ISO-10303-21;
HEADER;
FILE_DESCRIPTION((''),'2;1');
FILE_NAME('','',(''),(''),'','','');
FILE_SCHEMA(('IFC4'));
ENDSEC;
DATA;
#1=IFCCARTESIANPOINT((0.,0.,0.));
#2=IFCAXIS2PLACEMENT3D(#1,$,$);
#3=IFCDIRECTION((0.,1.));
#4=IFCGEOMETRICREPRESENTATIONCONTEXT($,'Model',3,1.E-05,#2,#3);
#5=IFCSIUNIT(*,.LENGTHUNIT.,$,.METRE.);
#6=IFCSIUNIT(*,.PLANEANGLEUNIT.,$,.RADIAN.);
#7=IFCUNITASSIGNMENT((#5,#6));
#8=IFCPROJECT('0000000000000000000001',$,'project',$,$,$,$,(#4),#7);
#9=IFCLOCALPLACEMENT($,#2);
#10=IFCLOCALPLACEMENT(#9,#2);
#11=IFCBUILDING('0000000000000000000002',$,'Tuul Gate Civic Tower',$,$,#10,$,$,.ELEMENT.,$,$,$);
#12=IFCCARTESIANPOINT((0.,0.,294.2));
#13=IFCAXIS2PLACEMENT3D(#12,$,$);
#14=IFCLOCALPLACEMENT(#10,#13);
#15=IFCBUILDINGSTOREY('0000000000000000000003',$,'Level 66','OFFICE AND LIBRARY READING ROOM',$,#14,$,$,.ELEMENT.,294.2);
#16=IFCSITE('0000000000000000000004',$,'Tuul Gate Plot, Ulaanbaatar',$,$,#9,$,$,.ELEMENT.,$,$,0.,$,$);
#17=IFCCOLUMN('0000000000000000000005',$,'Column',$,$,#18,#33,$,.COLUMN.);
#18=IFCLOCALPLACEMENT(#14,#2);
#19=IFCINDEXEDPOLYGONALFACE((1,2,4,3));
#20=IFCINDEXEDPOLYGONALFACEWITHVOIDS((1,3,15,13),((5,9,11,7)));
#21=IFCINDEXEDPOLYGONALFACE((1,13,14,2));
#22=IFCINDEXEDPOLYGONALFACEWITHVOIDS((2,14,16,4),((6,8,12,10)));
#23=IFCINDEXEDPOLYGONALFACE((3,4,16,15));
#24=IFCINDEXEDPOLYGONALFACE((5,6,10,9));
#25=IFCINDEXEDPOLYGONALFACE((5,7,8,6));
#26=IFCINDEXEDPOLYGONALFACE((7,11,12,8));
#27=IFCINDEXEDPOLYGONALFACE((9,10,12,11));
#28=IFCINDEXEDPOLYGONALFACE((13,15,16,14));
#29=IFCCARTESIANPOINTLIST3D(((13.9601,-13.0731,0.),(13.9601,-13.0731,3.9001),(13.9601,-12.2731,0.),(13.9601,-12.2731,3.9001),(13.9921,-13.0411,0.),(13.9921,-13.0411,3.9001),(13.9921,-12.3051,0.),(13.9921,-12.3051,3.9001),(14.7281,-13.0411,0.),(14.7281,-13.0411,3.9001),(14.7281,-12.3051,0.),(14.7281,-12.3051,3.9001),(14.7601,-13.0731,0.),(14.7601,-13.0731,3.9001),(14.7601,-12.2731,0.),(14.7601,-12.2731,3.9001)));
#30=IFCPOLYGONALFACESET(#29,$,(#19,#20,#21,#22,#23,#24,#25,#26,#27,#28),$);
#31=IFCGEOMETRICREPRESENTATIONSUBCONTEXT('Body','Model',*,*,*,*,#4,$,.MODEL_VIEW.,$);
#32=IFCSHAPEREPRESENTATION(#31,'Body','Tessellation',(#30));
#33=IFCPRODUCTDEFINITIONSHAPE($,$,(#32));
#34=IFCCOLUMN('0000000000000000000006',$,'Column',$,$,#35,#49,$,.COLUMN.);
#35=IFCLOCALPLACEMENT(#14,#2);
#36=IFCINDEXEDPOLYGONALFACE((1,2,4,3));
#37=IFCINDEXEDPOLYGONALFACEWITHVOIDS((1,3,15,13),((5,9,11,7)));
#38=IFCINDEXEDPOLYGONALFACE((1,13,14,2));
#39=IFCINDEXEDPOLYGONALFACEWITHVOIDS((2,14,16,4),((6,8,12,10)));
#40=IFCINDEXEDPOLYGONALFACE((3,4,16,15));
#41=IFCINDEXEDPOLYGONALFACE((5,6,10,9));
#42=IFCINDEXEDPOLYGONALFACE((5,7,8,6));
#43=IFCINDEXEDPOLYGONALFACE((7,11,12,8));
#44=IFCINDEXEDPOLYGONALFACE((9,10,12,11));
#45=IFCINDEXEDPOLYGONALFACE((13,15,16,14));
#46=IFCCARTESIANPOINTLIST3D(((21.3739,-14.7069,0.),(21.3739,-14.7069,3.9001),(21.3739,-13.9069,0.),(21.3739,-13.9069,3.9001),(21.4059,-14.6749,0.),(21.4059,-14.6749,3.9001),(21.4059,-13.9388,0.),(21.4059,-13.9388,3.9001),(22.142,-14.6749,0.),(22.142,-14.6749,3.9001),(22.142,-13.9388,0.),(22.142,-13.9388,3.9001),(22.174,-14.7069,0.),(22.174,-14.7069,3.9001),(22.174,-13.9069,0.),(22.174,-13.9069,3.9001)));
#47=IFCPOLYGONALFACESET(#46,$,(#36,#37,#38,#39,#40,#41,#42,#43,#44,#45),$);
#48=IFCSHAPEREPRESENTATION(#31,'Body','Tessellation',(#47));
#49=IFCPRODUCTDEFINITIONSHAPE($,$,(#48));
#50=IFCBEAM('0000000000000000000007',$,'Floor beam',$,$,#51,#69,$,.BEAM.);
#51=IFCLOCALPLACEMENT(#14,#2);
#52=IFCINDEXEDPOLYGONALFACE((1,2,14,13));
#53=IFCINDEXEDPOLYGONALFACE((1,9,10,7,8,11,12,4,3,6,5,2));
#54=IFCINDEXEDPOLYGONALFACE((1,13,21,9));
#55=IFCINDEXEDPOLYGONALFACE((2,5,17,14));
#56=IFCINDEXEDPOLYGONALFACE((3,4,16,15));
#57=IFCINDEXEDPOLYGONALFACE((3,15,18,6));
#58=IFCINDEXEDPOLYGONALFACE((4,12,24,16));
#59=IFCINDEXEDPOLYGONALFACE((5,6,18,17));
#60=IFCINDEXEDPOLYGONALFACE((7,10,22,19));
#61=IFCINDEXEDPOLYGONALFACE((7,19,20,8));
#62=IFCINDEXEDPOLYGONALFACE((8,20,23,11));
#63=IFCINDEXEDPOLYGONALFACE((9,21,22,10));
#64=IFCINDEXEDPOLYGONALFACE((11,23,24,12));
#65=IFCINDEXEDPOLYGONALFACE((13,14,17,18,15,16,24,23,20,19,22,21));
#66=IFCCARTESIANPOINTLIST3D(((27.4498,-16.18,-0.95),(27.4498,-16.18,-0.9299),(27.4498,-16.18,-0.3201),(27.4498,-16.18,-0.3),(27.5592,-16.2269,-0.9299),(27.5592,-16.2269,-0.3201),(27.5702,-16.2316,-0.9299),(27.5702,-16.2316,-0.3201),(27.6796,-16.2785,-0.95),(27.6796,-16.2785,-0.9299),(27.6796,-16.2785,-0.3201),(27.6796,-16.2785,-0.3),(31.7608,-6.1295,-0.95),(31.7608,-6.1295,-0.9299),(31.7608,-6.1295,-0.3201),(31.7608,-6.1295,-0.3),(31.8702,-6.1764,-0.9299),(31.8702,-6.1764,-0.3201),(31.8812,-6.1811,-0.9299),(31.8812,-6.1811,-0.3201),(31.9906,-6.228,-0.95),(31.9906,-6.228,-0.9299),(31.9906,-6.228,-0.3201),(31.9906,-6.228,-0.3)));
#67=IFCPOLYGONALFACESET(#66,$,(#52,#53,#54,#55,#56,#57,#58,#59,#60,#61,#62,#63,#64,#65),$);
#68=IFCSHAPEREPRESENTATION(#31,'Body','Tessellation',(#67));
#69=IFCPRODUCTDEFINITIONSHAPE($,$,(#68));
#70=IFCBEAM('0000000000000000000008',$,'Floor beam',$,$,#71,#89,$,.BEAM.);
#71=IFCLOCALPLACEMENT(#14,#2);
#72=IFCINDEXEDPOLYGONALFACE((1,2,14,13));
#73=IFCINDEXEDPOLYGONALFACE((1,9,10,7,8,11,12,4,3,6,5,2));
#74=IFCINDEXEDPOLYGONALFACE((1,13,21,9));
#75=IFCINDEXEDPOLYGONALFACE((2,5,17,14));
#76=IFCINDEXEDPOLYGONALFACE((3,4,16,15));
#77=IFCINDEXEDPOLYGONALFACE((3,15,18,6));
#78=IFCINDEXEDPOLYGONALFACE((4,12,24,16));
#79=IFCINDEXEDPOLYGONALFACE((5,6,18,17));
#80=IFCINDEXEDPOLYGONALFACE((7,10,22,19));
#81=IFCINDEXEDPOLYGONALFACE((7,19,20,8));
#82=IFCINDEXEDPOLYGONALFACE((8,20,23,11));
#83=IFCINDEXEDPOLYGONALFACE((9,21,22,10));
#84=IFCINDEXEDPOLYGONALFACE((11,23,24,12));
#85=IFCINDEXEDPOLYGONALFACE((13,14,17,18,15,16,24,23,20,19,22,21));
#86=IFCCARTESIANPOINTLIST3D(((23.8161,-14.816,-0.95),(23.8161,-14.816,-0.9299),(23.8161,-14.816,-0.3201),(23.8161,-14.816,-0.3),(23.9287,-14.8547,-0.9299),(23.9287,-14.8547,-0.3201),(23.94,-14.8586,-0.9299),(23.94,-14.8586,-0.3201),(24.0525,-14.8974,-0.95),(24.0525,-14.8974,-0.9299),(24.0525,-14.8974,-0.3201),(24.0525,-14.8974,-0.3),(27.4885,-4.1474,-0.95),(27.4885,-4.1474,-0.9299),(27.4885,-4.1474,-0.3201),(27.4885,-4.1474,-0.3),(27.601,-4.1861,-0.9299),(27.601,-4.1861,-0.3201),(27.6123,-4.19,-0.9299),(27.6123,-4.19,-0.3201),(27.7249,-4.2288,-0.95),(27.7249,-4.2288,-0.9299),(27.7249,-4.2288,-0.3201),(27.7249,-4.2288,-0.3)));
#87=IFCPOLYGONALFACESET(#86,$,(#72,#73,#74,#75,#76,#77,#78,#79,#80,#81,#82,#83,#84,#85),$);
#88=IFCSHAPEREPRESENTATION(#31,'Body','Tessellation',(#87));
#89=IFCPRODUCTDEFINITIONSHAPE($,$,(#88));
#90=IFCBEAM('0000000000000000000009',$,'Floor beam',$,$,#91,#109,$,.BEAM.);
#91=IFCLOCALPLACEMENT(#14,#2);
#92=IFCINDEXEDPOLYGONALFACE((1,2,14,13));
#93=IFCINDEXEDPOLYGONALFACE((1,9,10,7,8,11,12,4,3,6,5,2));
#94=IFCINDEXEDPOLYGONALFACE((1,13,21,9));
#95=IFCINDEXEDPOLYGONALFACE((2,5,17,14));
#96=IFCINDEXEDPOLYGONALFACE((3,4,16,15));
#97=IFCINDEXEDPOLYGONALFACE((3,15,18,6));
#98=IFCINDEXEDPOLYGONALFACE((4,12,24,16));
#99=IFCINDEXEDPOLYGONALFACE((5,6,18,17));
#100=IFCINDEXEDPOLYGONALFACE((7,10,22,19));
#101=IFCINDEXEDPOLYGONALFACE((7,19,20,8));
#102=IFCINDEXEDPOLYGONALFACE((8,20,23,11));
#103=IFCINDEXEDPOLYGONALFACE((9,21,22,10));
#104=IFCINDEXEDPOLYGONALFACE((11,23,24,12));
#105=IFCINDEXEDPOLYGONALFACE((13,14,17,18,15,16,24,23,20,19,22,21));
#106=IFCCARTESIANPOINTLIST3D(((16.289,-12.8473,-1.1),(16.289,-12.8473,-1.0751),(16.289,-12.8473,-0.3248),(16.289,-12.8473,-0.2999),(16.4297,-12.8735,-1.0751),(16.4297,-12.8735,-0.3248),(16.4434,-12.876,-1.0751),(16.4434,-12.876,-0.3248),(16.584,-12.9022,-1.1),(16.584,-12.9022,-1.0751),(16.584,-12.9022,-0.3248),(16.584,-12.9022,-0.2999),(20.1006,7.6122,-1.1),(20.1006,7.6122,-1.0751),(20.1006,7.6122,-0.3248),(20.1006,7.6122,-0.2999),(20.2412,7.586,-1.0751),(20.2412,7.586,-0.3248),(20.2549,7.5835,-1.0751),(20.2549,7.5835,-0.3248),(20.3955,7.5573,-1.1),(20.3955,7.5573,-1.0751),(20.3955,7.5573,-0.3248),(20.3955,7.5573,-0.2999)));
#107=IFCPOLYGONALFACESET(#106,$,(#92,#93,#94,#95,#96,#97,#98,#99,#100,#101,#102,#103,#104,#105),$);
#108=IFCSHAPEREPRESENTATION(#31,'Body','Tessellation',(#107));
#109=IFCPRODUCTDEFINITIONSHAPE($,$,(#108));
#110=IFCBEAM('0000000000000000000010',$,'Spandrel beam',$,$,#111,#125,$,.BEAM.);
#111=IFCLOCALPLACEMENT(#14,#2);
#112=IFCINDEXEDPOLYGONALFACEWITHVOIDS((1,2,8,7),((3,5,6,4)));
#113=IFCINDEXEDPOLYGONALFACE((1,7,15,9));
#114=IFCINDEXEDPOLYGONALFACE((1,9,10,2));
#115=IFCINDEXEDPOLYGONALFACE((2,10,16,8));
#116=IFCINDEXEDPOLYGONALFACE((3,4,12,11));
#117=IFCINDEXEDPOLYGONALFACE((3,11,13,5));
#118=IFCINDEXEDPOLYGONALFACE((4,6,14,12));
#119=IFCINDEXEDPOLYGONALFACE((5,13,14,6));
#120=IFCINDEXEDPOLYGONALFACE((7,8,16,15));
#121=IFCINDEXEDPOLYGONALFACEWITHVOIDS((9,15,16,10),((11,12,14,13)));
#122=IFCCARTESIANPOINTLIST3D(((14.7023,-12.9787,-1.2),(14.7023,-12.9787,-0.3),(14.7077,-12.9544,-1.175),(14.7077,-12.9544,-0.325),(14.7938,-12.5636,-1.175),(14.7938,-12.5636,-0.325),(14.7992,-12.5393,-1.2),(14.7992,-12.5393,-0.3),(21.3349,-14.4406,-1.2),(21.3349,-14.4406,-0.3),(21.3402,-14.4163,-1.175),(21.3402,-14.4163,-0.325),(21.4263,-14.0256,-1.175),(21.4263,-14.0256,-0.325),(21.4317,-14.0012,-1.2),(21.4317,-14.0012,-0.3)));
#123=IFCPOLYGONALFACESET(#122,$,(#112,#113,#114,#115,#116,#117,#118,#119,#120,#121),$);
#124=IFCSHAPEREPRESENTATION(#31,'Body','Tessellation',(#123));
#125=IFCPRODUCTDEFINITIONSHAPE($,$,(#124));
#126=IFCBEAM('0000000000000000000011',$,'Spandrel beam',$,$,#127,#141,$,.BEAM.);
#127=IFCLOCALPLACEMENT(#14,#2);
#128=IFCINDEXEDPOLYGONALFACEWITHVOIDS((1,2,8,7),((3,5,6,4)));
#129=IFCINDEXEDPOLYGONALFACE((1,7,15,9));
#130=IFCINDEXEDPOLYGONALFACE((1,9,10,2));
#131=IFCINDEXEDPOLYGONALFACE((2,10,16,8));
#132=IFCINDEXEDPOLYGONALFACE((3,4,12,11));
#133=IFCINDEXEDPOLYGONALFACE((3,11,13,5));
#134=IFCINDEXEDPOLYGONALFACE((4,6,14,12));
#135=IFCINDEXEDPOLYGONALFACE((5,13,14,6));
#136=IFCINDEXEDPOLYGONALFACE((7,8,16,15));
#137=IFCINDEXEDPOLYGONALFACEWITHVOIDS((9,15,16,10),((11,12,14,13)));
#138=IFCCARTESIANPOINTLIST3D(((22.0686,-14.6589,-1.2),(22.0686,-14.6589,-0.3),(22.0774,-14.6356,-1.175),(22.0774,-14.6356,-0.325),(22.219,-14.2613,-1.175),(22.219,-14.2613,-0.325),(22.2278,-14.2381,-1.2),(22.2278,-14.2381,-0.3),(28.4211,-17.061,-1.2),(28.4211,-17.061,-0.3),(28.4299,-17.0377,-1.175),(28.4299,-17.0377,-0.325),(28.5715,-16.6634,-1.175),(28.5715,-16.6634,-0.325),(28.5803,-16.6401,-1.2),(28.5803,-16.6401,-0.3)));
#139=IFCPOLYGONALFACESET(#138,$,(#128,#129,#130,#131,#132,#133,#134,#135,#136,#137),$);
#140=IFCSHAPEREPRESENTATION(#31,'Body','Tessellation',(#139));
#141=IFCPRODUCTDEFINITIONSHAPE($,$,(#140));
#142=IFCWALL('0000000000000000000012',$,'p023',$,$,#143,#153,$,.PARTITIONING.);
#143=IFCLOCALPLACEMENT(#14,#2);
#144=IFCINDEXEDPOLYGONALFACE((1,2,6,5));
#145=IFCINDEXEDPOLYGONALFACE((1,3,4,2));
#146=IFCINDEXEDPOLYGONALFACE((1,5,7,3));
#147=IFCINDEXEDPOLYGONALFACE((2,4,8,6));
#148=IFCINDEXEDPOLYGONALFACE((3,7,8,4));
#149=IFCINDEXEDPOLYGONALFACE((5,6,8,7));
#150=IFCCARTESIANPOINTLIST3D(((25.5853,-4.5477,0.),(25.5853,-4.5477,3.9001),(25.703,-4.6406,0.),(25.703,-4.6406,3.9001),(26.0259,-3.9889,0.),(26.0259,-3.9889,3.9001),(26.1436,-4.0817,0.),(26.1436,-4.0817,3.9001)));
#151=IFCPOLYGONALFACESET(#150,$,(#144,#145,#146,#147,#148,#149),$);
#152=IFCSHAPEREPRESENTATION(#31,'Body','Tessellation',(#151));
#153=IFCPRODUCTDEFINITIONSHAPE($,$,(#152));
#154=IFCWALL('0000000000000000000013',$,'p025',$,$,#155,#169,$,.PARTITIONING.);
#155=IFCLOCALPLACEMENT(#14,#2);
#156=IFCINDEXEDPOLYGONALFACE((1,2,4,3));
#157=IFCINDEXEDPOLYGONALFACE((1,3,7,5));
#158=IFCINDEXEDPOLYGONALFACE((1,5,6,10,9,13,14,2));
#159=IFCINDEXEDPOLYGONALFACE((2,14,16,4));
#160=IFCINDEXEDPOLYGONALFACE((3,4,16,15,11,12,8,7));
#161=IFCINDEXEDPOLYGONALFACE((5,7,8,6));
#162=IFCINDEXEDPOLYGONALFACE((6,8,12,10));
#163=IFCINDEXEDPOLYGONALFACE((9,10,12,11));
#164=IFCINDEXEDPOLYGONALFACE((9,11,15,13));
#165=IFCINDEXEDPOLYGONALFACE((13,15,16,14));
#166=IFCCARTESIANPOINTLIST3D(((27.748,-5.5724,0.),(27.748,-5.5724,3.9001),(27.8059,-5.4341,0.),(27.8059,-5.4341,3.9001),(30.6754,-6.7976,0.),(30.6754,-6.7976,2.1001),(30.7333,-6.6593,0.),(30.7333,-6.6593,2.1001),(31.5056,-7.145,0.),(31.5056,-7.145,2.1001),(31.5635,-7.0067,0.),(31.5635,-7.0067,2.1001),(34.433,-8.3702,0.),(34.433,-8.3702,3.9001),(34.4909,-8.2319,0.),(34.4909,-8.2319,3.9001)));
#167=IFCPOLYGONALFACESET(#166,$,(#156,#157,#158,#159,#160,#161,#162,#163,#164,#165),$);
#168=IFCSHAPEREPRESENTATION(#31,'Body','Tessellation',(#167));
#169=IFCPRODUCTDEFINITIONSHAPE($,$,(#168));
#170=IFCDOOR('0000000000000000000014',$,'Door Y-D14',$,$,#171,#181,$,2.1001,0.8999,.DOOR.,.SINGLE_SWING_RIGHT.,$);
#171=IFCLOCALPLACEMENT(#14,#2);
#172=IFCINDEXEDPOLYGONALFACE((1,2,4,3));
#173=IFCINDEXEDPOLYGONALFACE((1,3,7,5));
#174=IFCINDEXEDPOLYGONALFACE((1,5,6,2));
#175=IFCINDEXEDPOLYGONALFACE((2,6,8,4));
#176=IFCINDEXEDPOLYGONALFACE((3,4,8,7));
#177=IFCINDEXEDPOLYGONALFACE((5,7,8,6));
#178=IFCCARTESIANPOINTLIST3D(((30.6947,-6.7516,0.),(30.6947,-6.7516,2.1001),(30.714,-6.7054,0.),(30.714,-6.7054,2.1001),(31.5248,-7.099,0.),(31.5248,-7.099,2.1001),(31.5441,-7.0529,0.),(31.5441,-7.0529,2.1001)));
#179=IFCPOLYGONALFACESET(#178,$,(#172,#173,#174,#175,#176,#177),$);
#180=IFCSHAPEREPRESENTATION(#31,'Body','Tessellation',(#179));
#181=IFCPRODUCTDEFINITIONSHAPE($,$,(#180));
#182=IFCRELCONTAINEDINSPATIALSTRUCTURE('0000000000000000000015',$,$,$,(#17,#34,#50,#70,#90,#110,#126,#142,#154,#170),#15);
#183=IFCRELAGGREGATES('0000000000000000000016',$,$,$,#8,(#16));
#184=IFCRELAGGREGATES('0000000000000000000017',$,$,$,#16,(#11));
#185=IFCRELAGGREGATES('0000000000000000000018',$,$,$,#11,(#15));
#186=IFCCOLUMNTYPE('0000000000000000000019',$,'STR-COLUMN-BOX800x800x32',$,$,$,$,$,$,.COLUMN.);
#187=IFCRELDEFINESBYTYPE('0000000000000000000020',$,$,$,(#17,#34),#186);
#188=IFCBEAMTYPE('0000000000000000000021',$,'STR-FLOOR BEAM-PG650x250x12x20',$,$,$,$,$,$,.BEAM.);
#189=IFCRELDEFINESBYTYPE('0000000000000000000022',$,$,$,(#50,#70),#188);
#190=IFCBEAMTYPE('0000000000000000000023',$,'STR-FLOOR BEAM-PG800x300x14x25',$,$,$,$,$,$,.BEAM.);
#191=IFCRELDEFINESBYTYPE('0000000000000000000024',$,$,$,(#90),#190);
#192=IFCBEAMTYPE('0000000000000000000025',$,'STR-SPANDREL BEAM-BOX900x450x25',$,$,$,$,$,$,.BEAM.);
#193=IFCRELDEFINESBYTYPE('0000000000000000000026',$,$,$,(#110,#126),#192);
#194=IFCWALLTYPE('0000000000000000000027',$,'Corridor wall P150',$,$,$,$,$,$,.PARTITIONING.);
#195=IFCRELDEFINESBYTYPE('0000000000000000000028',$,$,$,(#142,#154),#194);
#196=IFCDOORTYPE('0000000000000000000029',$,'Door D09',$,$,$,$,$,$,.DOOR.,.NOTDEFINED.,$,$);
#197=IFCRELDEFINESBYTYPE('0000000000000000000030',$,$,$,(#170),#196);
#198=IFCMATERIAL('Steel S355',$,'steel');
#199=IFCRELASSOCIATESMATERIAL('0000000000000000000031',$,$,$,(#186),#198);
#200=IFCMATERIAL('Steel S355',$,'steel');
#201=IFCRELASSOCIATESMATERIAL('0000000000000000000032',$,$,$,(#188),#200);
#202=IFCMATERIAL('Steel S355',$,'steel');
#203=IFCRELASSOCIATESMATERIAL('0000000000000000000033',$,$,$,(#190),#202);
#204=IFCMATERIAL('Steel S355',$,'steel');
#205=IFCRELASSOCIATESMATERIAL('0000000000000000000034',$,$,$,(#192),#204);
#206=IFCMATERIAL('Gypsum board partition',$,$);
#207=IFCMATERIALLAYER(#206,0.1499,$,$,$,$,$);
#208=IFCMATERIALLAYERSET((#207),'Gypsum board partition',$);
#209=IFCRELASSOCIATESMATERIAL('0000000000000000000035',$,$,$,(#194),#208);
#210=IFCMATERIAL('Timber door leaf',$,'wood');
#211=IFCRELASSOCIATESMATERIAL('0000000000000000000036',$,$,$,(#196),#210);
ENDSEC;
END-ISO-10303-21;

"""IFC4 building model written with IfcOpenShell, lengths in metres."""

from ifc_helpers import new_model, si_unit, direction, frame, frame_2d, origin, origin_2d, place, context, subcontext, project, spatial, rectangle, hollow_rectangle, i_section, extrude, material, layer, layer_set, material_profile, profile_set, type_object, element, fill, save


model = new_model("IFC4")

# Units and contexts
model_context = context("Model", 3, precision=1e-05, world=origin(), true_north=direction((0.0, 1.0)))
body_context = subcontext(model_context, "Body", "Model", "MODEL_VIEW")
ifc_project = project(units=[si_unit("LENGTHUNIT", "METRE"), si_unit("PLANEANGLEUNIT", "RADIAN")], contexts=[model_context])

# Site, building, storey
site_placement = place(None, origin())
site = spatial("IfcSite", under=ifc_project, at=site_placement, Name="Tuul Gate Plot, Ulaanbaatar", CompositionType="ELEMENT", RefElevation=0.0)
building_placement = place(site_placement, origin())
building = spatial("IfcBuilding", under=site, at=building_placement, Name="Tuul Gate Civic Tower", CompositionType="ELEMENT")
storey_placement = place(building_placement, frame((0.0, 0.0, 294.2)))
storey = spatial("IfcBuildingStorey", under=building, at=storey_placement, Name="Level 66", Description="OFFICE AND LIBRARY READING ROOM", CompositionType="ELEMENT", Elevation=294.2)

# Columns
ifc_material_1 = material(Name="Steel S355", Category="steel")
ifc_material_profile_1 = material_profile(ifc_material_1, hollow_rectangle(XDim=0.8, YDim=0.8, WallThickness=0.032, at=origin_2d()), Name="BOX800x800x32")
ifc_profile_set_1 = profile_set([ifc_material_profile_1], Name="Steel S355")
column_type = type_object("IfcColumnType", Name="STR-COLUMN-BOX800x800x32", PredefinedType="COLUMN", material=ifc_profile_set_1)
for number, where, z_axis, x_axis, name in (
    (1, (14.3601, -12.6731, 0.0), (0.0, 0.0, 1.0), (1.0, 0.0, 0.0), "Column"),
    (2, (21.7739, -14.3069, 0.0), (0.0, 0.0, 1.0), (1.0, 0.0, 0.0), "Column"),
):
    element("IfcColumn", number, at=place(storey_placement, frame(where, z_axis=z_axis, x_axis=x_axis)), inside=storey, type_object=column_type, Name=name, PredefinedType="COLUMN", context=body_context, shape_type="SweptSolid", body=[
        extrude(hollow_rectangle(XDim=0.8, YDim=0.8, WallThickness=0.032, at=origin_2d()), origin(), (0.0, 0.0, 1.0), 3.9001),
    ])

# Beams
ifc_material_2 = material(Name="Steel S355", Category="steel")
ifc_material_profile_2 = material_profile(ifc_material_2, i_section(OverallWidth=0.25, OverallDepth=0.6499, WebThickness=0.012, FlangeThickness=0.02, at=origin_2d()), Name="PG650x250x12x20")
ifc_profile_set_2 = profile_set([ifc_material_profile_2], Name="Steel S355")
beam_type_1 = type_object("IfcBeamType", Name="STR-FLOOR BEAM-PG650x250x12x20", PredefinedType="BEAM", material=ifc_profile_set_2)
beam_1_placement = place(storey_placement, frame((27.5647, -16.2292, -0.625), z_axis=(0.394202, 0.919024, 0.0), x_axis=(-0.919024, 0.394202, 0.0)))
element("IfcBeam", 3, at=beam_1_placement, inside=storey, type_object=beam_type_1, Name="Floor beam", PredefinedType="BEAM", context=body_context, shape_type="SweptSolid", body=[
    extrude(i_section(OverallWidth=0.25, OverallDepth=0.6499, WebThickness=0.012, FlangeThickness=0.02, at=origin_2d()), origin(), (0.0, 0.0, 1.0), 10.936),
])
beam_2_placement = place(storey_placement, frame((23.9343, -14.8567, -0.625), z_axis=(0.325476, 0.94555, 0.0), x_axis=(-0.94555, 0.325476, 0.0)))
element("IfcBeam", 4, at=beam_2_placement, inside=storey, type_object=beam_type_1, Name="Floor beam", PredefinedType="BEAM", context=body_context, shape_type="SweptSolid", body=[
    extrude(i_section(OverallWidth=0.25, OverallDepth=0.6499, WebThickness=0.012, FlangeThickness=0.02, at=origin_2d()), origin(), (0.0, 0.0, 1.0), 11.283),
])
ifc_material_3 = material(Name="Steel S355", Category="steel")
ifc_material_profile_3 = material_profile(ifc_material_3, i_section(OverallWidth=0.3, OverallDepth=0.8, WebThickness=0.0139, FlangeThickness=0.0249, at=origin_2d()), Name="PG800x300x14x25")
ifc_profile_set_3 = profile_set([ifc_material_profile_3], Name="Steel S355")
beam_type_2 = type_object("IfcBeamType", Name="STR-FLOOR BEAM-PG800x300x14x25", PredefinedType="BEAM", material=ifc_profile_set_3)
beam_3_placement = place(storey_placement, frame((16.4365, -12.8748, -0.7), z_axis=(0.183145, 0.983086, 0.0), x_axis=(-0.983086, 0.183145, 0.0)))
element("IfcBeam", 5, at=beam_3_placement, inside=storey, type_object=beam_type_2, Name="Floor beam", PredefinedType="BEAM", context=body_context, shape_type="SweptSolid", body=[
    extrude(i_section(OverallWidth=0.3, OverallDepth=0.8, WebThickness=0.0139, FlangeThickness=0.0249, at=origin_2d()), origin(), (0.0, 0.0, 1.0), 20.8115),
])
ifc_material_4 = material(Name="Steel S355", Category="steel")
ifc_material_profile_4 = material_profile(ifc_material_4, hollow_rectangle(XDim=0.45, YDim=0.8999, WallThickness=0.0249, at=origin_2d()), Name="BOX900x450x25")
ifc_profile_set_4 = profile_set([ifc_material_profile_4], Name="Steel S355")
beam_type_3 = type_object("IfcBeamType", Name="STR-SPANDREL BEAM-BOX900x450x25", PredefinedType="BEAM", material=ifc_profile_set_4)
beam_4_placement = place(storey_placement, frame((14.7507, -12.759, -0.75), z_axis=(0.976559, -0.215248, 0.0), x_axis=(0.215248, 0.976559, 0.0)))
element("IfcBeam", 6, at=beam_4_placement, inside=storey, type_object=beam_type_3, Name="Spandrel beam", PredefinedType="BEAM", context=body_context, shape_type="SweptSolid", body=[
    extrude(hollow_rectangle(XDim=0.45, YDim=0.8999, WallThickness=0.0249, at=origin_2d()), origin(), (0.0, 0.0, 1.0), 6.7917),
])
beam_5_placement = place(storey_placement, frame((22.1482, -14.4485, -0.75), z_axis=(0.935362, -0.353691, 0.0), x_axis=(0.353691, 0.935362, 0.0)))
element("IfcBeam", 7, at=beam_5_placement, inside=storey, type_object=beam_type_3, Name="Spandrel beam", PredefinedType="BEAM", context=body_context, shape_type="SweptSolid", body=[
    extrude(hollow_rectangle(XDim=0.45, YDim=0.8999, WallThickness=0.0249, at=origin_2d()), origin(), (0.0, 0.0, 1.0), 6.7915),
])

# Wall
ifc_material_5 = material(Name="Gypsum board partition")
ifc_layer_1 = layer(ifc_material_5, 0.1499)
ifc_layer_set_1 = layer_set([ifc_layer_1], Name="Gypsum board partition")
wall_type_1 = type_object("IfcWallType", Name="Corridor wall P150", PredefinedType="PARTITIONING", material=ifc_layer_set_1)
wall_1_placement = place(storey_placement, frame((25.644, -4.5942, 0.0), z_axis=(0.0, 0.0, 1.0), x_axis=(0.619199, 0.785234, 0.0)))
element("IfcWall", 8, at=wall_1_placement, inside=storey, type_object=wall_type_1, Name="p023", PredefinedType="PARTITIONING", context=body_context, shape_type="SweptSolid", body=[
    extrude(rectangle(XDim=0.7117, YDim=0.1499, at=frame_2d((0.356, 0.0))), origin(), (0.0, 0.0, 1.0), 3.9001),
])

# Wall, opening, door
wall_2_placement = place(storey_placement, frame((27.7769, -5.5032, 0.0), z_axis=(0.0, 0.0, 1.0), x_axis=(0.922468, -0.386074, 0.0)))
wall_2 = element("IfcWall", 9, at=wall_2_placement, inside=storey, type_object=wall_type_1, Name="p025", PredefinedType="PARTITIONING", context=body_context, shape_type="SweptSolid", body=[
    extrude(rectangle(XDim=7.2468, YDim=0.1499, at=frame_2d((3.6235, 0.0))), origin(), (0.0, 0.0, 1.0), 3.9001),
])
opening_1_placement = place(wall_2_placement, frame((3.1736, 0.0, 0.0)))
opening_1 = element("IfcOpeningElement", 10, at=opening_1_placement, cuts=wall_2, PredefinedType="OPENING", context=body_context, shape_type="SweptSolid", body=[
    extrude(rectangle(XDim=0.8999, YDim=2.1001, at=frame_2d((0.45, 1.05))), frame((0.0, 0.085, 0.0), z_axis=(0.0, -1.0, 0.0), x_axis=(1.0, 0.0, 0.0)), (0.0, 0.0, 1.0), 0.1699),
])
ifc_material_6 = material(Name="Timber door leaf", Category="wood")
door_type_1 = type_object("IfcDoorType", Name="Door D09", OperationType="NOTDEFINED", PredefinedType="DOOR", material=ifc_material_6)
door_1_placement = place(opening_1_placement, origin())
door_1 = element("IfcDoor", 11, at=door_1_placement, inside=storey, type_object=door_type_1, Name="Door Y-D14", OperationType="SINGLE_SWING_RIGHT", OverallHeight=2.1001, OverallWidth=0.8999, PredefinedType="DOOR", context=body_context, shape_type="SweptSolid", body=[
    extrude(rectangle(XDim=0.8999, YDim=2.1001, at=frame_2d((0.45, 1.05))), frame((0.0, 0.0249, 0.0), z_axis=(0.0, -1.0, 0.0), x_axis=(1.0, 0.0, 0.0)), (0.0, 0.0, 1.0), 0.05),
])
fill(opening_1, door_1)

save(model, "model.ifc")
